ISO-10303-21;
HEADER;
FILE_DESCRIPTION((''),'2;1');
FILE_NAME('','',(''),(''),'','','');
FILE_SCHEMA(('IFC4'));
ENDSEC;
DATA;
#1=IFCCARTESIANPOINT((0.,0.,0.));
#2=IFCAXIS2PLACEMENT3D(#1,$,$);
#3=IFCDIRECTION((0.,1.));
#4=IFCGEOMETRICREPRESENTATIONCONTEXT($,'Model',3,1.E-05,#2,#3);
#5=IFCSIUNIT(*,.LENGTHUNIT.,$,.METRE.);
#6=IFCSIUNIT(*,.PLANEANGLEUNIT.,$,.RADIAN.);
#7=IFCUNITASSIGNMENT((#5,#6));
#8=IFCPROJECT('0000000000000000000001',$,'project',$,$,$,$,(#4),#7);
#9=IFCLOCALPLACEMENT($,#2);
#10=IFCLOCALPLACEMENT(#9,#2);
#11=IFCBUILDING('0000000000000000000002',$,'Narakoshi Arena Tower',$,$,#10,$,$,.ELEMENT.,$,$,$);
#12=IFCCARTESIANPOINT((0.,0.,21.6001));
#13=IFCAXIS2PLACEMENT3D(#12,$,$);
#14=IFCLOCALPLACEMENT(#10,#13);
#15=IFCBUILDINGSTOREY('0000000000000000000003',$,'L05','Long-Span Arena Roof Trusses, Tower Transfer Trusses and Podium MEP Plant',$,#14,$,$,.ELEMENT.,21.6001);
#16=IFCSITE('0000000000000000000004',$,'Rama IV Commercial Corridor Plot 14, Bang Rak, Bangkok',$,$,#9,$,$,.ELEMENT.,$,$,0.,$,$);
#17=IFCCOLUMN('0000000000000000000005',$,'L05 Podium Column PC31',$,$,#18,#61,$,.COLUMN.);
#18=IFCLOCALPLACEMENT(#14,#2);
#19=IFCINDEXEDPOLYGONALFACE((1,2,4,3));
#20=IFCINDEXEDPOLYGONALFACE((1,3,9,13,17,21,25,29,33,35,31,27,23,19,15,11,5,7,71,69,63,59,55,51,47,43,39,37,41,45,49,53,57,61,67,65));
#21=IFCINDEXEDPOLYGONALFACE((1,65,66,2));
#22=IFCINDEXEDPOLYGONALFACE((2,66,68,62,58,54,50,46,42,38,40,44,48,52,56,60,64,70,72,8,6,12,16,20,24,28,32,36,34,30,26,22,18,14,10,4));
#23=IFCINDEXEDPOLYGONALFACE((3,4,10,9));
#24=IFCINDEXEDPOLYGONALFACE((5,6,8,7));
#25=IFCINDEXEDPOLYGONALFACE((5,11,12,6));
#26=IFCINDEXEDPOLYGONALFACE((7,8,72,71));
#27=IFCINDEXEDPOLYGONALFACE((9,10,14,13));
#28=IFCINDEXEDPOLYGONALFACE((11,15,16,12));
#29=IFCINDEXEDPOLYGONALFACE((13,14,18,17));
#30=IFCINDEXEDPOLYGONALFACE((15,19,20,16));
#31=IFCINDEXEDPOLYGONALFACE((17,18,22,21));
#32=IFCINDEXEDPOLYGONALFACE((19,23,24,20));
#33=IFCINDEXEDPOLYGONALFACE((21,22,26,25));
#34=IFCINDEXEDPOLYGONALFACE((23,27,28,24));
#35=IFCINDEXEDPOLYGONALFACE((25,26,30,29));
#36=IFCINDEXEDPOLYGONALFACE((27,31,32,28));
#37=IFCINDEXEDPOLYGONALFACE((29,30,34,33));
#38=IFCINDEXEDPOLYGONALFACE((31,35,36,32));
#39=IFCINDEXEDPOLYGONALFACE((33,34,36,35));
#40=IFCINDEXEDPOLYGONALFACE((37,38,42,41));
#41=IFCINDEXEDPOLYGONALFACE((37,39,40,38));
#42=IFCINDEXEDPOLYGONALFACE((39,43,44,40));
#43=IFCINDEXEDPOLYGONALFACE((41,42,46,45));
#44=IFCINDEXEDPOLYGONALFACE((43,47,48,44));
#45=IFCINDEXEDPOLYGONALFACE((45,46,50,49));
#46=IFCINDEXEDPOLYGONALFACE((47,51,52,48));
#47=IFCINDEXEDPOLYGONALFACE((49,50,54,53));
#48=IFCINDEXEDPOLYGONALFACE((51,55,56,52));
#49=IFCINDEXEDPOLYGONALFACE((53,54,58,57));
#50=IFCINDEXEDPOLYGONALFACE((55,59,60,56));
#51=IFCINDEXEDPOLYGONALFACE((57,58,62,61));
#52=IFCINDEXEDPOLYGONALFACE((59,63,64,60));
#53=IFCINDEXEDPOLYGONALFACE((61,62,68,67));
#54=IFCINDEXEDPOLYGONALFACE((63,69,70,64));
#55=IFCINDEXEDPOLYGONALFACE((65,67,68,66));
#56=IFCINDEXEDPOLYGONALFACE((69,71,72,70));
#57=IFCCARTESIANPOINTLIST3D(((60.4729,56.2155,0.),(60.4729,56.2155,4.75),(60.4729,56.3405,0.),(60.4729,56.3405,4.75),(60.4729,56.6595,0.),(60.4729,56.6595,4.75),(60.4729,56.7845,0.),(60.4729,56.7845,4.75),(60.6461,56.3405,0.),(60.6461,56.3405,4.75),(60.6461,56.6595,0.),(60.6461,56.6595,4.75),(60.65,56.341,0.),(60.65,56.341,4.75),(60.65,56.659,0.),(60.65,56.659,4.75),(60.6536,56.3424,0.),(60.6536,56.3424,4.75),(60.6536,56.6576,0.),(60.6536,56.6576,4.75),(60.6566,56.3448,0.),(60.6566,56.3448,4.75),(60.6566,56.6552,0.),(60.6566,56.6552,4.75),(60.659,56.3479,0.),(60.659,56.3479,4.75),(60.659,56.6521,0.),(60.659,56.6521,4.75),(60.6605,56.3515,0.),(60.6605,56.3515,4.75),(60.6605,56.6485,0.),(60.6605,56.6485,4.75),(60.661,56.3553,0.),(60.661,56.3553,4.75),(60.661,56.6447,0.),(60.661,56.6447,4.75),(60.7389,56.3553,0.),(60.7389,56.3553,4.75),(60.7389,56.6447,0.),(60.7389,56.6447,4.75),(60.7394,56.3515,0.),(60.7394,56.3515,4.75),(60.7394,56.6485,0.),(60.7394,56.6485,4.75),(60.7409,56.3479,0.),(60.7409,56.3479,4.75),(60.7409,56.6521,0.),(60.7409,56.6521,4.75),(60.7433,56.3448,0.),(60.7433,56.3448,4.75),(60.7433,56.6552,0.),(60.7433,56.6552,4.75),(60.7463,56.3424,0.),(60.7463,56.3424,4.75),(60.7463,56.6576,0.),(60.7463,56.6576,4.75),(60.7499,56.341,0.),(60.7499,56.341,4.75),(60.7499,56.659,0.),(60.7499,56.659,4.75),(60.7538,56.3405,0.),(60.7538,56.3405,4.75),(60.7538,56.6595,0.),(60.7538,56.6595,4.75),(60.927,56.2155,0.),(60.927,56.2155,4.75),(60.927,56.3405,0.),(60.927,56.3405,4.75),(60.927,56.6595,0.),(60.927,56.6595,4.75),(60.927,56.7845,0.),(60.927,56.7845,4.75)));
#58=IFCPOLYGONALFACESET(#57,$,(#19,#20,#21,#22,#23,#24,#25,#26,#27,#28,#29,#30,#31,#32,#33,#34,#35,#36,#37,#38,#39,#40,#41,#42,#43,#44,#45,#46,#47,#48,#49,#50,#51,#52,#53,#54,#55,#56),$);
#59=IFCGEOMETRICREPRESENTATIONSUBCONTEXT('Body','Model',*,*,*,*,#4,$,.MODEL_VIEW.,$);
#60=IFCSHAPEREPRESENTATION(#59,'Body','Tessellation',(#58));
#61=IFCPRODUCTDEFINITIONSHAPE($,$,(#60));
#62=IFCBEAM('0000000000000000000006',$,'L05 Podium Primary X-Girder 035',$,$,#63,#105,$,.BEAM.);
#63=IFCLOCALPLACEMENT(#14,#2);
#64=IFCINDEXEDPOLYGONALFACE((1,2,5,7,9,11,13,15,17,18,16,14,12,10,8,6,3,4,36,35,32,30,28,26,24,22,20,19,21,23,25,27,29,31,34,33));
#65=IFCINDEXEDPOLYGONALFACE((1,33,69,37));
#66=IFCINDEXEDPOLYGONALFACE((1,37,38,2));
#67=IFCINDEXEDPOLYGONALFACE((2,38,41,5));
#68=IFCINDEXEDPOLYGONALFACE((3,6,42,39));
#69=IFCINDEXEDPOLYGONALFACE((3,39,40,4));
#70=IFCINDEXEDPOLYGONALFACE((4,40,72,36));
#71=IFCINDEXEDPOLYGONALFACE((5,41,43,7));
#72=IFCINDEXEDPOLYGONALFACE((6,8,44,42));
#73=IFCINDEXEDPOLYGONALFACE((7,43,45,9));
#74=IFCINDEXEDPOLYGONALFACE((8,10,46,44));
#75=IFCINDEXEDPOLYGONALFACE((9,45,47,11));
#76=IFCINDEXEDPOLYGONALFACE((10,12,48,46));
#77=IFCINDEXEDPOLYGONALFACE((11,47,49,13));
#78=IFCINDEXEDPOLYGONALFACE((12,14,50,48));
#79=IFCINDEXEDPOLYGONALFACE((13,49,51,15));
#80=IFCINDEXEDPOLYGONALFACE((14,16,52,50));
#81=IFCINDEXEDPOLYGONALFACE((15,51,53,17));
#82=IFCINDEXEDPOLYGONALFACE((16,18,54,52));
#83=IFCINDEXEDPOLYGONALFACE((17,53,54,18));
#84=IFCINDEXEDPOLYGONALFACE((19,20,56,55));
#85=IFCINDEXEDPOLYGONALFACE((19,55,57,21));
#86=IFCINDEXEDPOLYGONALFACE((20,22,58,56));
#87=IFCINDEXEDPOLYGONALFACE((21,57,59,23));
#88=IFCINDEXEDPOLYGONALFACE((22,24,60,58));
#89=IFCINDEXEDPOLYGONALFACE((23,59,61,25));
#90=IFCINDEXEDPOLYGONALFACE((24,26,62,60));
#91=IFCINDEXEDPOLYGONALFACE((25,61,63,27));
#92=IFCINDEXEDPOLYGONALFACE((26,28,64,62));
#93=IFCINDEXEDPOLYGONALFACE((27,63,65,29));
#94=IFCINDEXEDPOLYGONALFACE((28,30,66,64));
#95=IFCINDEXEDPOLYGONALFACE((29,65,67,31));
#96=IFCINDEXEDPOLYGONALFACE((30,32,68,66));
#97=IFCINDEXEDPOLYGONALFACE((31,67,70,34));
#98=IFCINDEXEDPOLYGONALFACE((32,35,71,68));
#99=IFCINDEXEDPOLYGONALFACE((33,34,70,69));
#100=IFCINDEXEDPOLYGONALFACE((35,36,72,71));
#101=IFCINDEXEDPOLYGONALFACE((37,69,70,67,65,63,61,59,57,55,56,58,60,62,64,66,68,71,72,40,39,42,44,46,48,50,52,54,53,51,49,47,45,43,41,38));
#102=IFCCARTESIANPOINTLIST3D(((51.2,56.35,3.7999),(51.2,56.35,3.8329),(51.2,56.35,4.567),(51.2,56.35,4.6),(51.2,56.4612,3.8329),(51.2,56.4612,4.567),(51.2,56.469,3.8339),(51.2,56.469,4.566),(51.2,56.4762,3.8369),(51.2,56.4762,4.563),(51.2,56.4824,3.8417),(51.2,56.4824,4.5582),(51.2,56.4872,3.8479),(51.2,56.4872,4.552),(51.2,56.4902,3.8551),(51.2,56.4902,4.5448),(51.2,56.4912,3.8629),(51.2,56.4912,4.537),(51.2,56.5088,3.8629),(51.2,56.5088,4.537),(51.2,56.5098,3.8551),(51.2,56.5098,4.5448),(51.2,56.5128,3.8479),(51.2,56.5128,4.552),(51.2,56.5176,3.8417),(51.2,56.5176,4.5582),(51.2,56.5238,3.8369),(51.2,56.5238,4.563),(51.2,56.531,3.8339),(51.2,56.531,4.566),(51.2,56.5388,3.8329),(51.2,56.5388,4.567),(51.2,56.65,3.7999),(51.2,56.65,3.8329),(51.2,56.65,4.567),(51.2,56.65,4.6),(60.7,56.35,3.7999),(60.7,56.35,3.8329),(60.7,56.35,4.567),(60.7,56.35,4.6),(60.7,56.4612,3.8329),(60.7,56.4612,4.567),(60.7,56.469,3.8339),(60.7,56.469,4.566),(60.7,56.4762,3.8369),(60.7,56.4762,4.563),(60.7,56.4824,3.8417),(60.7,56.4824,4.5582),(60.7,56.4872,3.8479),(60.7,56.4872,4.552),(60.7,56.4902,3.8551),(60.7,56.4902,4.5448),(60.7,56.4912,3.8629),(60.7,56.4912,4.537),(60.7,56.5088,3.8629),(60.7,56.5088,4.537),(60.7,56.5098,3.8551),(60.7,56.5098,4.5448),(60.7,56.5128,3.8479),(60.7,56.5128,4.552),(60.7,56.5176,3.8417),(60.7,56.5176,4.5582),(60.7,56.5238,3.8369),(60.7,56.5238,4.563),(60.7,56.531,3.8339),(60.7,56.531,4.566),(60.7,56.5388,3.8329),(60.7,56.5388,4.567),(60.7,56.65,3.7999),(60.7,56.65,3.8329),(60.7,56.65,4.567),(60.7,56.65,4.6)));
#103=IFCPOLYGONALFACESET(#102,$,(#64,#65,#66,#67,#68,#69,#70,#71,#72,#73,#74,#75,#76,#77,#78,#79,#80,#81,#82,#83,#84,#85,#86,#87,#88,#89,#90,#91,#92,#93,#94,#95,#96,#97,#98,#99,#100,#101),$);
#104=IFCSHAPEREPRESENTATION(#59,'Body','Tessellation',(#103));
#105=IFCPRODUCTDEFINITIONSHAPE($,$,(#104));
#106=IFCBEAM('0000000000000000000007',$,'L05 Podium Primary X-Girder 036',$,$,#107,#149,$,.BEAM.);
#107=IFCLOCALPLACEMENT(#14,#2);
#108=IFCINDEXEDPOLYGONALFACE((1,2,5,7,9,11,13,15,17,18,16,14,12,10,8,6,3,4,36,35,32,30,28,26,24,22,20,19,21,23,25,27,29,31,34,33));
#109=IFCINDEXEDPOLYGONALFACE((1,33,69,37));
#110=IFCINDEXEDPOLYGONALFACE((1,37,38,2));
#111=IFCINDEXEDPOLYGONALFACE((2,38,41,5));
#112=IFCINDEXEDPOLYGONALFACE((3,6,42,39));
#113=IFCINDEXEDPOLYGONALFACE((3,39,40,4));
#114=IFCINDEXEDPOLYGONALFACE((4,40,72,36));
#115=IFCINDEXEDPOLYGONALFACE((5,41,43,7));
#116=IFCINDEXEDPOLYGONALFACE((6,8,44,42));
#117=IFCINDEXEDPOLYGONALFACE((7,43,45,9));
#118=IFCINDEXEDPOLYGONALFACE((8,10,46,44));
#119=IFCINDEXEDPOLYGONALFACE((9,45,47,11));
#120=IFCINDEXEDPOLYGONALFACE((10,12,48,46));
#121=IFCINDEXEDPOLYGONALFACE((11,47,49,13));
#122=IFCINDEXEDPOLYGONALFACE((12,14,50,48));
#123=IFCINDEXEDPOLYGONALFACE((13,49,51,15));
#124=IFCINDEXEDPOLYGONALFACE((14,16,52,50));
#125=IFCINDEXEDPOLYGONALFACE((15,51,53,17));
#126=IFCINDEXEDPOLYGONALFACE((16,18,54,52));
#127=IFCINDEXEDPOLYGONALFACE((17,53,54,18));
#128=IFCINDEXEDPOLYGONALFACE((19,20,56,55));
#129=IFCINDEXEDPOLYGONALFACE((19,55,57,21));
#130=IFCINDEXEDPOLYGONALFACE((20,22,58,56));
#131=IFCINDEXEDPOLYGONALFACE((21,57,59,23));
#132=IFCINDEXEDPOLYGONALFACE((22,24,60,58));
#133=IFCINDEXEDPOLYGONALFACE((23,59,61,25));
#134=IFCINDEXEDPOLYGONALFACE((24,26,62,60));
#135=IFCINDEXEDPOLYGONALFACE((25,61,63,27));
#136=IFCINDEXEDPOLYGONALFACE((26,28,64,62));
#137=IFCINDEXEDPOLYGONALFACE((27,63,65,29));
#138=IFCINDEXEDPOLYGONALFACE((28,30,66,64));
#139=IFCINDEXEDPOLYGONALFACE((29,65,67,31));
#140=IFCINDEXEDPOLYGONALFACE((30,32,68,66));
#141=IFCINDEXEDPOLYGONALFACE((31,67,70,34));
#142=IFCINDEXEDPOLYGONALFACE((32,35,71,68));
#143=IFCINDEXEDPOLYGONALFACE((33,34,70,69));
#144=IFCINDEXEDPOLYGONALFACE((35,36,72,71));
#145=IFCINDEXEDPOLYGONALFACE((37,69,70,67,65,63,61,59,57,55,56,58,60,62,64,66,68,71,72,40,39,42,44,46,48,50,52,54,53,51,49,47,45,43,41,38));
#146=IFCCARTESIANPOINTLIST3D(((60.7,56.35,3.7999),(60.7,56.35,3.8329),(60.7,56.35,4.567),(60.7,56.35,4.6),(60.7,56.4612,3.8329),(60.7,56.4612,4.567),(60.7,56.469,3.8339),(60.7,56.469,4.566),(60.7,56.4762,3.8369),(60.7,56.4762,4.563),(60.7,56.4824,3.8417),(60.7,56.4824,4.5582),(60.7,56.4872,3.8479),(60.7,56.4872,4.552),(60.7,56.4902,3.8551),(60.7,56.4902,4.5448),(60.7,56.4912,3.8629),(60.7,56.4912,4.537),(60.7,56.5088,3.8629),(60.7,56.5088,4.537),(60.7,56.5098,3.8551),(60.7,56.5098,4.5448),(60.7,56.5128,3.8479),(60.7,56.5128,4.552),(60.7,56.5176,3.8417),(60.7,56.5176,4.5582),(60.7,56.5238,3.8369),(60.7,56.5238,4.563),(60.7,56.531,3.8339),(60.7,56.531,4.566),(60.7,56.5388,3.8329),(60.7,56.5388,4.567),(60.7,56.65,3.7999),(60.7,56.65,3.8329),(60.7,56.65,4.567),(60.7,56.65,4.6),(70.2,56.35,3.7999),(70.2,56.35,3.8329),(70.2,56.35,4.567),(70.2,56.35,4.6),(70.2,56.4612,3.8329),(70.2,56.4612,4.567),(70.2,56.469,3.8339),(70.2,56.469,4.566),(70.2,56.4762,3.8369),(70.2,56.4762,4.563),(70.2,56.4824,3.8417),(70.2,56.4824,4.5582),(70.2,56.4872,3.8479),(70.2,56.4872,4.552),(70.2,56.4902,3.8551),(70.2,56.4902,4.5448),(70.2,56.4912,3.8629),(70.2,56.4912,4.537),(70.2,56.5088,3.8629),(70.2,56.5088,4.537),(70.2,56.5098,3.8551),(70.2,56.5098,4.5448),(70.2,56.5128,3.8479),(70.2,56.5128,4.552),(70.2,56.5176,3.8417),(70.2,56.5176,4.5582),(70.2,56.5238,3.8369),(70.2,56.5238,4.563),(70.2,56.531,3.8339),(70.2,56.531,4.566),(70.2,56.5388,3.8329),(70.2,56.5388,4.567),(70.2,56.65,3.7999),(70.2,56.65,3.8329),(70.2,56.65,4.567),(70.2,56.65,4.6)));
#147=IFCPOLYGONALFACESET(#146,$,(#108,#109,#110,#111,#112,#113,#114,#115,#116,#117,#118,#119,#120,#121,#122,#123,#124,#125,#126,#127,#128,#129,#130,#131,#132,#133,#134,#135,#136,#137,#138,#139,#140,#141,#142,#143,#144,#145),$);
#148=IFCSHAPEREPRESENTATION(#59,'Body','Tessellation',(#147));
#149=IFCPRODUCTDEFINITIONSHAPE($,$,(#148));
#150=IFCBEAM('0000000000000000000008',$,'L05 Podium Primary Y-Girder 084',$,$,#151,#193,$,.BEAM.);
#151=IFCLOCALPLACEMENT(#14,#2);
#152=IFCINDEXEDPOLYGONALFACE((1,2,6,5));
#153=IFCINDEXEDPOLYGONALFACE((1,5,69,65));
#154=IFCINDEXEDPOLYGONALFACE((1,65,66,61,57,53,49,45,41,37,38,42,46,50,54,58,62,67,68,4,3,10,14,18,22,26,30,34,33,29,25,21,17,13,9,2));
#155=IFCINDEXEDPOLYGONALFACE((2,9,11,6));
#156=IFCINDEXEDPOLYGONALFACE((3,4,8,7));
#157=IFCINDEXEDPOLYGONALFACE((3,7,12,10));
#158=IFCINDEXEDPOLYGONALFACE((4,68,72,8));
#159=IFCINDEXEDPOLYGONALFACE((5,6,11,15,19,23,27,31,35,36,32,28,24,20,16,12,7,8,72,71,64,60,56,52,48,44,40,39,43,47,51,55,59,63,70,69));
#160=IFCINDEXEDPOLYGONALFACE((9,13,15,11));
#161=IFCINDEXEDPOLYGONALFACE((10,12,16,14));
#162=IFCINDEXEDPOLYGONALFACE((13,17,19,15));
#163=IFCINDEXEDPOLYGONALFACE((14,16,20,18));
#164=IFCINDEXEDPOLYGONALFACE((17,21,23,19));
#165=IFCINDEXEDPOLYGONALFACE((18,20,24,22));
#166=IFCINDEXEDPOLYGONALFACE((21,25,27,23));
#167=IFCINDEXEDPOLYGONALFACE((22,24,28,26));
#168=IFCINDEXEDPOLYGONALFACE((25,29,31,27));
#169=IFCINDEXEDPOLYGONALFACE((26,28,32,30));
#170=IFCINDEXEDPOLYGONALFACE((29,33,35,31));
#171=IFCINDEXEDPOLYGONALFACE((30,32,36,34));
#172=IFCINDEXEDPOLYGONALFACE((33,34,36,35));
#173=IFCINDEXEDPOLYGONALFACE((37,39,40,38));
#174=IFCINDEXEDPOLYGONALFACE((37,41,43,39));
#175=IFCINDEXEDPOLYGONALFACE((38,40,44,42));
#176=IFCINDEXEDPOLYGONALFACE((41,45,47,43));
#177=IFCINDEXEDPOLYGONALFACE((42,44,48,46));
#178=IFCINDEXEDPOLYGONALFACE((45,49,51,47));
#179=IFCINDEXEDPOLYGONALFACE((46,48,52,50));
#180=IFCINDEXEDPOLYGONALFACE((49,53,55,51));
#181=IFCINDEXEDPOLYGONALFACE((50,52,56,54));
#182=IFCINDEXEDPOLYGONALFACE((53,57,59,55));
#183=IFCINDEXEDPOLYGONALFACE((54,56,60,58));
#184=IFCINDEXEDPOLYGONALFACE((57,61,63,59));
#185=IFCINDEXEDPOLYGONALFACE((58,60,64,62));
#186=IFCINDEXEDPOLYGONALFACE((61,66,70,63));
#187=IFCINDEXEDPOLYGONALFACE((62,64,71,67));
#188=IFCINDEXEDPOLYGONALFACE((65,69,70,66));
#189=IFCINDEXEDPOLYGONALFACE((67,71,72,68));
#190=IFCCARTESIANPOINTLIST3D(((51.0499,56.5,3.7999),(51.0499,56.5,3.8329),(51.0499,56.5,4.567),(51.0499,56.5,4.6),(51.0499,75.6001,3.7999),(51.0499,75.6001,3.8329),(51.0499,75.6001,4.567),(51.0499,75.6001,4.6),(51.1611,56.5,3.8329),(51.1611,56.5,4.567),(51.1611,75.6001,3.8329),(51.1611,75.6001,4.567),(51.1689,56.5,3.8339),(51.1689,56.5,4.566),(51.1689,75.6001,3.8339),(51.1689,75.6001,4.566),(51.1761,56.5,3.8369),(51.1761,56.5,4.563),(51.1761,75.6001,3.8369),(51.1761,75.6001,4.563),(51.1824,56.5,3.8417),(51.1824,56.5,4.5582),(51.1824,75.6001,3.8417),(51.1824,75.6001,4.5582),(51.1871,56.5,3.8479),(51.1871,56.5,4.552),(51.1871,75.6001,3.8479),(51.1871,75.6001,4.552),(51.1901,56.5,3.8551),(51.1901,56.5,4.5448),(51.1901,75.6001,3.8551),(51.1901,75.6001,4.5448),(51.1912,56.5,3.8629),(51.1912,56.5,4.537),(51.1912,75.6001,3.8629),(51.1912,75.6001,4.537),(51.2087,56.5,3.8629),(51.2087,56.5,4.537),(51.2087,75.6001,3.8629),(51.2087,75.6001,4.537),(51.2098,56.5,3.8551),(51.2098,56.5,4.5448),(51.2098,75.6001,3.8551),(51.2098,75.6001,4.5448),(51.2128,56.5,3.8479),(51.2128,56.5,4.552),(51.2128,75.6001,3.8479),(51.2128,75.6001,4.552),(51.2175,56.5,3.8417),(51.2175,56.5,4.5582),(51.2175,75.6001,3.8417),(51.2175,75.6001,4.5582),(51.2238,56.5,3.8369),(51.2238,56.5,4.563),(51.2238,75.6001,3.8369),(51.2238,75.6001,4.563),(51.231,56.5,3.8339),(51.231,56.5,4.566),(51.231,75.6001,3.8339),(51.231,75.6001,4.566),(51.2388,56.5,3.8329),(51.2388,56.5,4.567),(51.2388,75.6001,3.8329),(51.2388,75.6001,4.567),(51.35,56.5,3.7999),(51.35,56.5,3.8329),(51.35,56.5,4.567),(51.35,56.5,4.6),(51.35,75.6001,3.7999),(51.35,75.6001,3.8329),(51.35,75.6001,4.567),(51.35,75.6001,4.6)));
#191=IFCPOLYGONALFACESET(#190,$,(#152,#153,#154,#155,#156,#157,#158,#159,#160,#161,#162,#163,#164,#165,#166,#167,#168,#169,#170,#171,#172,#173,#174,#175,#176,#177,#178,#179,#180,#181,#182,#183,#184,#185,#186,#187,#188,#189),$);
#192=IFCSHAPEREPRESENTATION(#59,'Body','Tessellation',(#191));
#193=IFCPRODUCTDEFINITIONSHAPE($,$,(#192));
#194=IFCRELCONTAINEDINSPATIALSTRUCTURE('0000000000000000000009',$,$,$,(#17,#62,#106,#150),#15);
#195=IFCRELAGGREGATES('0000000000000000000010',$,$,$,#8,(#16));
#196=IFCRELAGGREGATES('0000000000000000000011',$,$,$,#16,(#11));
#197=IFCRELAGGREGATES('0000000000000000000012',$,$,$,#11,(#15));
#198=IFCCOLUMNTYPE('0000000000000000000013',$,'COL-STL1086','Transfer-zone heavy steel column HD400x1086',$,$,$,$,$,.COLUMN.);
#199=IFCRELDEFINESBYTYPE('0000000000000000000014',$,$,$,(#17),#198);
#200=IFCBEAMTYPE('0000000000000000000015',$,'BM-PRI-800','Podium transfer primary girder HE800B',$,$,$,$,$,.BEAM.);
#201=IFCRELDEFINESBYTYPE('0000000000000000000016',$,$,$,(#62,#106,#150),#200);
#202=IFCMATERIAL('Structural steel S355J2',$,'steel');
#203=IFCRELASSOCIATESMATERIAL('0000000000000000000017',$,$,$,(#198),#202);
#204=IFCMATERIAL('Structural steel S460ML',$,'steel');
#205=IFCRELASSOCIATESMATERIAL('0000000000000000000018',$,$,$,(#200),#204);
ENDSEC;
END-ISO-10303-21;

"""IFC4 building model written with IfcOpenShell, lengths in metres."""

from ifc_helpers import new_model, si_unit, direction, frame, origin, origin_2d, place, context, subcontext, project, spatial, i_section, extrude, material, material_profile, profile_set, type_object, element, save


model = new_model("IFC4")

# Units and contexts
model_context = context("Model", 3, precision=1e-05, world=origin(), true_north=direction((0.0, 1.0)))
body_context = subcontext(model_context, "Body", "Model", "MODEL_VIEW")
ifc_project = project(units=[si_unit("LENGTHUNIT", "METRE"), si_unit("PLANEANGLEUNIT", "RADIAN")], contexts=[model_context])

# Site, building, storey
site_placement = place(None, origin())
site = spatial("IfcSite", under=ifc_project, at=site_placement, Name="Rama IV Commercial Corridor Plot 14, Bang Rak, Bangkok", CompositionType="ELEMENT", RefElevation=0.0)
building_placement = place(site_placement, origin())
building = spatial("IfcBuilding", under=site, at=building_placement, Name="Narakoshi Arena Tower", CompositionType="ELEMENT")
storey_placement = place(building_placement, frame((0.0, 0.0, 21.6001)))
storey = spatial("IfcBuildingStorey", under=building, at=storey_placement, Name="L05", Description="Long-Span Arena Roof Trusses, Tower Transfer Trusses and Podium MEP Plant", CompositionType="ELEMENT", Elevation=21.6001)

# Column
ifc_material_1 = material(Name="Structural steel S355J2", Category="steel")
ifc_material_profile_1 = material_profile(ifc_material_1, i_section(OverallWidth=0.4541, OverallDepth=0.5691, WebThickness=0.0779, FlangeThickness=0.125, FilletRadius=0.0149, at=origin_2d()), Name="HD400x1086")
ifc_profile_set_1 = profile_set([ifc_material_profile_1], Name="Structural steel S355J2")
column_type = type_object("IfcColumnType", Name="COL-STL1086", Description="Transfer-zone heavy steel column HD400x1086", PredefinedType="COLUMN", material=ifc_profile_set_1)
column_placement = place(storey_placement, frame((60.7, 56.5, 0.0), z_axis=(0.0, 0.0, 1.0), x_axis=(1.0, 0.0, 0.0)))
element("IfcColumn", 1, at=column_placement, inside=storey, type_object=column_type, Name="L05 Podium Column PC31", PredefinedType="COLUMN", context=body_context, shape_type="SweptSolid", body=[
    extrude(i_section(OverallWidth=0.4541, OverallDepth=0.5691, WebThickness=0.0779, FlangeThickness=0.125, FilletRadius=0.0149, at=origin_2d()), origin(), (0.0, 0.0, 1.0), 4.75),
])

# Beams
ifc_material_2 = material(Name="Structural steel S460ML", Category="steel")
ifc_material_profile_2 = material_profile(ifc_material_2, i_section(OverallWidth=0.3, OverallDepth=0.8, WebThickness=0.0176, FlangeThickness=0.033, FilletRadius=0.03, at=origin_2d()), Name="HE800B")
ifc_profile_set_2 = profile_set([ifc_material_profile_2], Name="Structural steel S460ML")
beam_type_1 = type_object("IfcBeamType", Name="BM-PRI-800", Description="Podium transfer primary girder HE800B", PredefinedType="BEAM", material=ifc_profile_set_2)
for number, where, z_axis, x_axis, name in (
    (2, (51.2, 56.5, 4.2), (1.0, 0.0, 0.0), (0.0, 1.0, 0.0), "L05 Podium Primary X-Girder 035"),
    (3, (60.7, 56.5, 4.2), (1.0, 0.0, 0.0), (0.0, 1.0, 0.0), "L05 Podium Primary X-Girder 036"),
):
    element("IfcBeam", number, at=place(storey_placement, frame(where, z_axis=z_axis, x_axis=x_axis)), inside=storey, type_object=beam_type_1, Name=name, PredefinedType="BEAM", context=body_context, shape_type="SweptSolid", body=[
        extrude(i_section(OverallWidth=0.3, OverallDepth=0.8, WebThickness=0.0176, FlangeThickness=0.033, FilletRadius=0.03, at=origin_2d()), origin(), (0.0, 0.0, 1.0), 9.5),
    ])
for number, where, z_axis, x_axis, name in (
    (4, (51.2, 56.5, 4.2), (0.0, 1.0, 0.0), (-1.0, 0.0, 0.0), "L05 Podium Primary Y-Girder 084"),
):
    element("IfcBeam", number, at=place(storey_placement, frame(where, z_axis=z_axis, x_axis=x_axis)), inside=storey, type_object=beam_type_1, Name=name, PredefinedType="BEAM", context=body_context, shape_type="SweptSolid", body=[
        extrude(i_section(OverallWidth=0.3, OverallDepth=0.8, WebThickness=0.0176, FlangeThickness=0.033, FilletRadius=0.03, at=origin_2d()), origin(), (0.0, 0.0, 1.0), 19.1001),
    ])

save(model, "model.ifc")
